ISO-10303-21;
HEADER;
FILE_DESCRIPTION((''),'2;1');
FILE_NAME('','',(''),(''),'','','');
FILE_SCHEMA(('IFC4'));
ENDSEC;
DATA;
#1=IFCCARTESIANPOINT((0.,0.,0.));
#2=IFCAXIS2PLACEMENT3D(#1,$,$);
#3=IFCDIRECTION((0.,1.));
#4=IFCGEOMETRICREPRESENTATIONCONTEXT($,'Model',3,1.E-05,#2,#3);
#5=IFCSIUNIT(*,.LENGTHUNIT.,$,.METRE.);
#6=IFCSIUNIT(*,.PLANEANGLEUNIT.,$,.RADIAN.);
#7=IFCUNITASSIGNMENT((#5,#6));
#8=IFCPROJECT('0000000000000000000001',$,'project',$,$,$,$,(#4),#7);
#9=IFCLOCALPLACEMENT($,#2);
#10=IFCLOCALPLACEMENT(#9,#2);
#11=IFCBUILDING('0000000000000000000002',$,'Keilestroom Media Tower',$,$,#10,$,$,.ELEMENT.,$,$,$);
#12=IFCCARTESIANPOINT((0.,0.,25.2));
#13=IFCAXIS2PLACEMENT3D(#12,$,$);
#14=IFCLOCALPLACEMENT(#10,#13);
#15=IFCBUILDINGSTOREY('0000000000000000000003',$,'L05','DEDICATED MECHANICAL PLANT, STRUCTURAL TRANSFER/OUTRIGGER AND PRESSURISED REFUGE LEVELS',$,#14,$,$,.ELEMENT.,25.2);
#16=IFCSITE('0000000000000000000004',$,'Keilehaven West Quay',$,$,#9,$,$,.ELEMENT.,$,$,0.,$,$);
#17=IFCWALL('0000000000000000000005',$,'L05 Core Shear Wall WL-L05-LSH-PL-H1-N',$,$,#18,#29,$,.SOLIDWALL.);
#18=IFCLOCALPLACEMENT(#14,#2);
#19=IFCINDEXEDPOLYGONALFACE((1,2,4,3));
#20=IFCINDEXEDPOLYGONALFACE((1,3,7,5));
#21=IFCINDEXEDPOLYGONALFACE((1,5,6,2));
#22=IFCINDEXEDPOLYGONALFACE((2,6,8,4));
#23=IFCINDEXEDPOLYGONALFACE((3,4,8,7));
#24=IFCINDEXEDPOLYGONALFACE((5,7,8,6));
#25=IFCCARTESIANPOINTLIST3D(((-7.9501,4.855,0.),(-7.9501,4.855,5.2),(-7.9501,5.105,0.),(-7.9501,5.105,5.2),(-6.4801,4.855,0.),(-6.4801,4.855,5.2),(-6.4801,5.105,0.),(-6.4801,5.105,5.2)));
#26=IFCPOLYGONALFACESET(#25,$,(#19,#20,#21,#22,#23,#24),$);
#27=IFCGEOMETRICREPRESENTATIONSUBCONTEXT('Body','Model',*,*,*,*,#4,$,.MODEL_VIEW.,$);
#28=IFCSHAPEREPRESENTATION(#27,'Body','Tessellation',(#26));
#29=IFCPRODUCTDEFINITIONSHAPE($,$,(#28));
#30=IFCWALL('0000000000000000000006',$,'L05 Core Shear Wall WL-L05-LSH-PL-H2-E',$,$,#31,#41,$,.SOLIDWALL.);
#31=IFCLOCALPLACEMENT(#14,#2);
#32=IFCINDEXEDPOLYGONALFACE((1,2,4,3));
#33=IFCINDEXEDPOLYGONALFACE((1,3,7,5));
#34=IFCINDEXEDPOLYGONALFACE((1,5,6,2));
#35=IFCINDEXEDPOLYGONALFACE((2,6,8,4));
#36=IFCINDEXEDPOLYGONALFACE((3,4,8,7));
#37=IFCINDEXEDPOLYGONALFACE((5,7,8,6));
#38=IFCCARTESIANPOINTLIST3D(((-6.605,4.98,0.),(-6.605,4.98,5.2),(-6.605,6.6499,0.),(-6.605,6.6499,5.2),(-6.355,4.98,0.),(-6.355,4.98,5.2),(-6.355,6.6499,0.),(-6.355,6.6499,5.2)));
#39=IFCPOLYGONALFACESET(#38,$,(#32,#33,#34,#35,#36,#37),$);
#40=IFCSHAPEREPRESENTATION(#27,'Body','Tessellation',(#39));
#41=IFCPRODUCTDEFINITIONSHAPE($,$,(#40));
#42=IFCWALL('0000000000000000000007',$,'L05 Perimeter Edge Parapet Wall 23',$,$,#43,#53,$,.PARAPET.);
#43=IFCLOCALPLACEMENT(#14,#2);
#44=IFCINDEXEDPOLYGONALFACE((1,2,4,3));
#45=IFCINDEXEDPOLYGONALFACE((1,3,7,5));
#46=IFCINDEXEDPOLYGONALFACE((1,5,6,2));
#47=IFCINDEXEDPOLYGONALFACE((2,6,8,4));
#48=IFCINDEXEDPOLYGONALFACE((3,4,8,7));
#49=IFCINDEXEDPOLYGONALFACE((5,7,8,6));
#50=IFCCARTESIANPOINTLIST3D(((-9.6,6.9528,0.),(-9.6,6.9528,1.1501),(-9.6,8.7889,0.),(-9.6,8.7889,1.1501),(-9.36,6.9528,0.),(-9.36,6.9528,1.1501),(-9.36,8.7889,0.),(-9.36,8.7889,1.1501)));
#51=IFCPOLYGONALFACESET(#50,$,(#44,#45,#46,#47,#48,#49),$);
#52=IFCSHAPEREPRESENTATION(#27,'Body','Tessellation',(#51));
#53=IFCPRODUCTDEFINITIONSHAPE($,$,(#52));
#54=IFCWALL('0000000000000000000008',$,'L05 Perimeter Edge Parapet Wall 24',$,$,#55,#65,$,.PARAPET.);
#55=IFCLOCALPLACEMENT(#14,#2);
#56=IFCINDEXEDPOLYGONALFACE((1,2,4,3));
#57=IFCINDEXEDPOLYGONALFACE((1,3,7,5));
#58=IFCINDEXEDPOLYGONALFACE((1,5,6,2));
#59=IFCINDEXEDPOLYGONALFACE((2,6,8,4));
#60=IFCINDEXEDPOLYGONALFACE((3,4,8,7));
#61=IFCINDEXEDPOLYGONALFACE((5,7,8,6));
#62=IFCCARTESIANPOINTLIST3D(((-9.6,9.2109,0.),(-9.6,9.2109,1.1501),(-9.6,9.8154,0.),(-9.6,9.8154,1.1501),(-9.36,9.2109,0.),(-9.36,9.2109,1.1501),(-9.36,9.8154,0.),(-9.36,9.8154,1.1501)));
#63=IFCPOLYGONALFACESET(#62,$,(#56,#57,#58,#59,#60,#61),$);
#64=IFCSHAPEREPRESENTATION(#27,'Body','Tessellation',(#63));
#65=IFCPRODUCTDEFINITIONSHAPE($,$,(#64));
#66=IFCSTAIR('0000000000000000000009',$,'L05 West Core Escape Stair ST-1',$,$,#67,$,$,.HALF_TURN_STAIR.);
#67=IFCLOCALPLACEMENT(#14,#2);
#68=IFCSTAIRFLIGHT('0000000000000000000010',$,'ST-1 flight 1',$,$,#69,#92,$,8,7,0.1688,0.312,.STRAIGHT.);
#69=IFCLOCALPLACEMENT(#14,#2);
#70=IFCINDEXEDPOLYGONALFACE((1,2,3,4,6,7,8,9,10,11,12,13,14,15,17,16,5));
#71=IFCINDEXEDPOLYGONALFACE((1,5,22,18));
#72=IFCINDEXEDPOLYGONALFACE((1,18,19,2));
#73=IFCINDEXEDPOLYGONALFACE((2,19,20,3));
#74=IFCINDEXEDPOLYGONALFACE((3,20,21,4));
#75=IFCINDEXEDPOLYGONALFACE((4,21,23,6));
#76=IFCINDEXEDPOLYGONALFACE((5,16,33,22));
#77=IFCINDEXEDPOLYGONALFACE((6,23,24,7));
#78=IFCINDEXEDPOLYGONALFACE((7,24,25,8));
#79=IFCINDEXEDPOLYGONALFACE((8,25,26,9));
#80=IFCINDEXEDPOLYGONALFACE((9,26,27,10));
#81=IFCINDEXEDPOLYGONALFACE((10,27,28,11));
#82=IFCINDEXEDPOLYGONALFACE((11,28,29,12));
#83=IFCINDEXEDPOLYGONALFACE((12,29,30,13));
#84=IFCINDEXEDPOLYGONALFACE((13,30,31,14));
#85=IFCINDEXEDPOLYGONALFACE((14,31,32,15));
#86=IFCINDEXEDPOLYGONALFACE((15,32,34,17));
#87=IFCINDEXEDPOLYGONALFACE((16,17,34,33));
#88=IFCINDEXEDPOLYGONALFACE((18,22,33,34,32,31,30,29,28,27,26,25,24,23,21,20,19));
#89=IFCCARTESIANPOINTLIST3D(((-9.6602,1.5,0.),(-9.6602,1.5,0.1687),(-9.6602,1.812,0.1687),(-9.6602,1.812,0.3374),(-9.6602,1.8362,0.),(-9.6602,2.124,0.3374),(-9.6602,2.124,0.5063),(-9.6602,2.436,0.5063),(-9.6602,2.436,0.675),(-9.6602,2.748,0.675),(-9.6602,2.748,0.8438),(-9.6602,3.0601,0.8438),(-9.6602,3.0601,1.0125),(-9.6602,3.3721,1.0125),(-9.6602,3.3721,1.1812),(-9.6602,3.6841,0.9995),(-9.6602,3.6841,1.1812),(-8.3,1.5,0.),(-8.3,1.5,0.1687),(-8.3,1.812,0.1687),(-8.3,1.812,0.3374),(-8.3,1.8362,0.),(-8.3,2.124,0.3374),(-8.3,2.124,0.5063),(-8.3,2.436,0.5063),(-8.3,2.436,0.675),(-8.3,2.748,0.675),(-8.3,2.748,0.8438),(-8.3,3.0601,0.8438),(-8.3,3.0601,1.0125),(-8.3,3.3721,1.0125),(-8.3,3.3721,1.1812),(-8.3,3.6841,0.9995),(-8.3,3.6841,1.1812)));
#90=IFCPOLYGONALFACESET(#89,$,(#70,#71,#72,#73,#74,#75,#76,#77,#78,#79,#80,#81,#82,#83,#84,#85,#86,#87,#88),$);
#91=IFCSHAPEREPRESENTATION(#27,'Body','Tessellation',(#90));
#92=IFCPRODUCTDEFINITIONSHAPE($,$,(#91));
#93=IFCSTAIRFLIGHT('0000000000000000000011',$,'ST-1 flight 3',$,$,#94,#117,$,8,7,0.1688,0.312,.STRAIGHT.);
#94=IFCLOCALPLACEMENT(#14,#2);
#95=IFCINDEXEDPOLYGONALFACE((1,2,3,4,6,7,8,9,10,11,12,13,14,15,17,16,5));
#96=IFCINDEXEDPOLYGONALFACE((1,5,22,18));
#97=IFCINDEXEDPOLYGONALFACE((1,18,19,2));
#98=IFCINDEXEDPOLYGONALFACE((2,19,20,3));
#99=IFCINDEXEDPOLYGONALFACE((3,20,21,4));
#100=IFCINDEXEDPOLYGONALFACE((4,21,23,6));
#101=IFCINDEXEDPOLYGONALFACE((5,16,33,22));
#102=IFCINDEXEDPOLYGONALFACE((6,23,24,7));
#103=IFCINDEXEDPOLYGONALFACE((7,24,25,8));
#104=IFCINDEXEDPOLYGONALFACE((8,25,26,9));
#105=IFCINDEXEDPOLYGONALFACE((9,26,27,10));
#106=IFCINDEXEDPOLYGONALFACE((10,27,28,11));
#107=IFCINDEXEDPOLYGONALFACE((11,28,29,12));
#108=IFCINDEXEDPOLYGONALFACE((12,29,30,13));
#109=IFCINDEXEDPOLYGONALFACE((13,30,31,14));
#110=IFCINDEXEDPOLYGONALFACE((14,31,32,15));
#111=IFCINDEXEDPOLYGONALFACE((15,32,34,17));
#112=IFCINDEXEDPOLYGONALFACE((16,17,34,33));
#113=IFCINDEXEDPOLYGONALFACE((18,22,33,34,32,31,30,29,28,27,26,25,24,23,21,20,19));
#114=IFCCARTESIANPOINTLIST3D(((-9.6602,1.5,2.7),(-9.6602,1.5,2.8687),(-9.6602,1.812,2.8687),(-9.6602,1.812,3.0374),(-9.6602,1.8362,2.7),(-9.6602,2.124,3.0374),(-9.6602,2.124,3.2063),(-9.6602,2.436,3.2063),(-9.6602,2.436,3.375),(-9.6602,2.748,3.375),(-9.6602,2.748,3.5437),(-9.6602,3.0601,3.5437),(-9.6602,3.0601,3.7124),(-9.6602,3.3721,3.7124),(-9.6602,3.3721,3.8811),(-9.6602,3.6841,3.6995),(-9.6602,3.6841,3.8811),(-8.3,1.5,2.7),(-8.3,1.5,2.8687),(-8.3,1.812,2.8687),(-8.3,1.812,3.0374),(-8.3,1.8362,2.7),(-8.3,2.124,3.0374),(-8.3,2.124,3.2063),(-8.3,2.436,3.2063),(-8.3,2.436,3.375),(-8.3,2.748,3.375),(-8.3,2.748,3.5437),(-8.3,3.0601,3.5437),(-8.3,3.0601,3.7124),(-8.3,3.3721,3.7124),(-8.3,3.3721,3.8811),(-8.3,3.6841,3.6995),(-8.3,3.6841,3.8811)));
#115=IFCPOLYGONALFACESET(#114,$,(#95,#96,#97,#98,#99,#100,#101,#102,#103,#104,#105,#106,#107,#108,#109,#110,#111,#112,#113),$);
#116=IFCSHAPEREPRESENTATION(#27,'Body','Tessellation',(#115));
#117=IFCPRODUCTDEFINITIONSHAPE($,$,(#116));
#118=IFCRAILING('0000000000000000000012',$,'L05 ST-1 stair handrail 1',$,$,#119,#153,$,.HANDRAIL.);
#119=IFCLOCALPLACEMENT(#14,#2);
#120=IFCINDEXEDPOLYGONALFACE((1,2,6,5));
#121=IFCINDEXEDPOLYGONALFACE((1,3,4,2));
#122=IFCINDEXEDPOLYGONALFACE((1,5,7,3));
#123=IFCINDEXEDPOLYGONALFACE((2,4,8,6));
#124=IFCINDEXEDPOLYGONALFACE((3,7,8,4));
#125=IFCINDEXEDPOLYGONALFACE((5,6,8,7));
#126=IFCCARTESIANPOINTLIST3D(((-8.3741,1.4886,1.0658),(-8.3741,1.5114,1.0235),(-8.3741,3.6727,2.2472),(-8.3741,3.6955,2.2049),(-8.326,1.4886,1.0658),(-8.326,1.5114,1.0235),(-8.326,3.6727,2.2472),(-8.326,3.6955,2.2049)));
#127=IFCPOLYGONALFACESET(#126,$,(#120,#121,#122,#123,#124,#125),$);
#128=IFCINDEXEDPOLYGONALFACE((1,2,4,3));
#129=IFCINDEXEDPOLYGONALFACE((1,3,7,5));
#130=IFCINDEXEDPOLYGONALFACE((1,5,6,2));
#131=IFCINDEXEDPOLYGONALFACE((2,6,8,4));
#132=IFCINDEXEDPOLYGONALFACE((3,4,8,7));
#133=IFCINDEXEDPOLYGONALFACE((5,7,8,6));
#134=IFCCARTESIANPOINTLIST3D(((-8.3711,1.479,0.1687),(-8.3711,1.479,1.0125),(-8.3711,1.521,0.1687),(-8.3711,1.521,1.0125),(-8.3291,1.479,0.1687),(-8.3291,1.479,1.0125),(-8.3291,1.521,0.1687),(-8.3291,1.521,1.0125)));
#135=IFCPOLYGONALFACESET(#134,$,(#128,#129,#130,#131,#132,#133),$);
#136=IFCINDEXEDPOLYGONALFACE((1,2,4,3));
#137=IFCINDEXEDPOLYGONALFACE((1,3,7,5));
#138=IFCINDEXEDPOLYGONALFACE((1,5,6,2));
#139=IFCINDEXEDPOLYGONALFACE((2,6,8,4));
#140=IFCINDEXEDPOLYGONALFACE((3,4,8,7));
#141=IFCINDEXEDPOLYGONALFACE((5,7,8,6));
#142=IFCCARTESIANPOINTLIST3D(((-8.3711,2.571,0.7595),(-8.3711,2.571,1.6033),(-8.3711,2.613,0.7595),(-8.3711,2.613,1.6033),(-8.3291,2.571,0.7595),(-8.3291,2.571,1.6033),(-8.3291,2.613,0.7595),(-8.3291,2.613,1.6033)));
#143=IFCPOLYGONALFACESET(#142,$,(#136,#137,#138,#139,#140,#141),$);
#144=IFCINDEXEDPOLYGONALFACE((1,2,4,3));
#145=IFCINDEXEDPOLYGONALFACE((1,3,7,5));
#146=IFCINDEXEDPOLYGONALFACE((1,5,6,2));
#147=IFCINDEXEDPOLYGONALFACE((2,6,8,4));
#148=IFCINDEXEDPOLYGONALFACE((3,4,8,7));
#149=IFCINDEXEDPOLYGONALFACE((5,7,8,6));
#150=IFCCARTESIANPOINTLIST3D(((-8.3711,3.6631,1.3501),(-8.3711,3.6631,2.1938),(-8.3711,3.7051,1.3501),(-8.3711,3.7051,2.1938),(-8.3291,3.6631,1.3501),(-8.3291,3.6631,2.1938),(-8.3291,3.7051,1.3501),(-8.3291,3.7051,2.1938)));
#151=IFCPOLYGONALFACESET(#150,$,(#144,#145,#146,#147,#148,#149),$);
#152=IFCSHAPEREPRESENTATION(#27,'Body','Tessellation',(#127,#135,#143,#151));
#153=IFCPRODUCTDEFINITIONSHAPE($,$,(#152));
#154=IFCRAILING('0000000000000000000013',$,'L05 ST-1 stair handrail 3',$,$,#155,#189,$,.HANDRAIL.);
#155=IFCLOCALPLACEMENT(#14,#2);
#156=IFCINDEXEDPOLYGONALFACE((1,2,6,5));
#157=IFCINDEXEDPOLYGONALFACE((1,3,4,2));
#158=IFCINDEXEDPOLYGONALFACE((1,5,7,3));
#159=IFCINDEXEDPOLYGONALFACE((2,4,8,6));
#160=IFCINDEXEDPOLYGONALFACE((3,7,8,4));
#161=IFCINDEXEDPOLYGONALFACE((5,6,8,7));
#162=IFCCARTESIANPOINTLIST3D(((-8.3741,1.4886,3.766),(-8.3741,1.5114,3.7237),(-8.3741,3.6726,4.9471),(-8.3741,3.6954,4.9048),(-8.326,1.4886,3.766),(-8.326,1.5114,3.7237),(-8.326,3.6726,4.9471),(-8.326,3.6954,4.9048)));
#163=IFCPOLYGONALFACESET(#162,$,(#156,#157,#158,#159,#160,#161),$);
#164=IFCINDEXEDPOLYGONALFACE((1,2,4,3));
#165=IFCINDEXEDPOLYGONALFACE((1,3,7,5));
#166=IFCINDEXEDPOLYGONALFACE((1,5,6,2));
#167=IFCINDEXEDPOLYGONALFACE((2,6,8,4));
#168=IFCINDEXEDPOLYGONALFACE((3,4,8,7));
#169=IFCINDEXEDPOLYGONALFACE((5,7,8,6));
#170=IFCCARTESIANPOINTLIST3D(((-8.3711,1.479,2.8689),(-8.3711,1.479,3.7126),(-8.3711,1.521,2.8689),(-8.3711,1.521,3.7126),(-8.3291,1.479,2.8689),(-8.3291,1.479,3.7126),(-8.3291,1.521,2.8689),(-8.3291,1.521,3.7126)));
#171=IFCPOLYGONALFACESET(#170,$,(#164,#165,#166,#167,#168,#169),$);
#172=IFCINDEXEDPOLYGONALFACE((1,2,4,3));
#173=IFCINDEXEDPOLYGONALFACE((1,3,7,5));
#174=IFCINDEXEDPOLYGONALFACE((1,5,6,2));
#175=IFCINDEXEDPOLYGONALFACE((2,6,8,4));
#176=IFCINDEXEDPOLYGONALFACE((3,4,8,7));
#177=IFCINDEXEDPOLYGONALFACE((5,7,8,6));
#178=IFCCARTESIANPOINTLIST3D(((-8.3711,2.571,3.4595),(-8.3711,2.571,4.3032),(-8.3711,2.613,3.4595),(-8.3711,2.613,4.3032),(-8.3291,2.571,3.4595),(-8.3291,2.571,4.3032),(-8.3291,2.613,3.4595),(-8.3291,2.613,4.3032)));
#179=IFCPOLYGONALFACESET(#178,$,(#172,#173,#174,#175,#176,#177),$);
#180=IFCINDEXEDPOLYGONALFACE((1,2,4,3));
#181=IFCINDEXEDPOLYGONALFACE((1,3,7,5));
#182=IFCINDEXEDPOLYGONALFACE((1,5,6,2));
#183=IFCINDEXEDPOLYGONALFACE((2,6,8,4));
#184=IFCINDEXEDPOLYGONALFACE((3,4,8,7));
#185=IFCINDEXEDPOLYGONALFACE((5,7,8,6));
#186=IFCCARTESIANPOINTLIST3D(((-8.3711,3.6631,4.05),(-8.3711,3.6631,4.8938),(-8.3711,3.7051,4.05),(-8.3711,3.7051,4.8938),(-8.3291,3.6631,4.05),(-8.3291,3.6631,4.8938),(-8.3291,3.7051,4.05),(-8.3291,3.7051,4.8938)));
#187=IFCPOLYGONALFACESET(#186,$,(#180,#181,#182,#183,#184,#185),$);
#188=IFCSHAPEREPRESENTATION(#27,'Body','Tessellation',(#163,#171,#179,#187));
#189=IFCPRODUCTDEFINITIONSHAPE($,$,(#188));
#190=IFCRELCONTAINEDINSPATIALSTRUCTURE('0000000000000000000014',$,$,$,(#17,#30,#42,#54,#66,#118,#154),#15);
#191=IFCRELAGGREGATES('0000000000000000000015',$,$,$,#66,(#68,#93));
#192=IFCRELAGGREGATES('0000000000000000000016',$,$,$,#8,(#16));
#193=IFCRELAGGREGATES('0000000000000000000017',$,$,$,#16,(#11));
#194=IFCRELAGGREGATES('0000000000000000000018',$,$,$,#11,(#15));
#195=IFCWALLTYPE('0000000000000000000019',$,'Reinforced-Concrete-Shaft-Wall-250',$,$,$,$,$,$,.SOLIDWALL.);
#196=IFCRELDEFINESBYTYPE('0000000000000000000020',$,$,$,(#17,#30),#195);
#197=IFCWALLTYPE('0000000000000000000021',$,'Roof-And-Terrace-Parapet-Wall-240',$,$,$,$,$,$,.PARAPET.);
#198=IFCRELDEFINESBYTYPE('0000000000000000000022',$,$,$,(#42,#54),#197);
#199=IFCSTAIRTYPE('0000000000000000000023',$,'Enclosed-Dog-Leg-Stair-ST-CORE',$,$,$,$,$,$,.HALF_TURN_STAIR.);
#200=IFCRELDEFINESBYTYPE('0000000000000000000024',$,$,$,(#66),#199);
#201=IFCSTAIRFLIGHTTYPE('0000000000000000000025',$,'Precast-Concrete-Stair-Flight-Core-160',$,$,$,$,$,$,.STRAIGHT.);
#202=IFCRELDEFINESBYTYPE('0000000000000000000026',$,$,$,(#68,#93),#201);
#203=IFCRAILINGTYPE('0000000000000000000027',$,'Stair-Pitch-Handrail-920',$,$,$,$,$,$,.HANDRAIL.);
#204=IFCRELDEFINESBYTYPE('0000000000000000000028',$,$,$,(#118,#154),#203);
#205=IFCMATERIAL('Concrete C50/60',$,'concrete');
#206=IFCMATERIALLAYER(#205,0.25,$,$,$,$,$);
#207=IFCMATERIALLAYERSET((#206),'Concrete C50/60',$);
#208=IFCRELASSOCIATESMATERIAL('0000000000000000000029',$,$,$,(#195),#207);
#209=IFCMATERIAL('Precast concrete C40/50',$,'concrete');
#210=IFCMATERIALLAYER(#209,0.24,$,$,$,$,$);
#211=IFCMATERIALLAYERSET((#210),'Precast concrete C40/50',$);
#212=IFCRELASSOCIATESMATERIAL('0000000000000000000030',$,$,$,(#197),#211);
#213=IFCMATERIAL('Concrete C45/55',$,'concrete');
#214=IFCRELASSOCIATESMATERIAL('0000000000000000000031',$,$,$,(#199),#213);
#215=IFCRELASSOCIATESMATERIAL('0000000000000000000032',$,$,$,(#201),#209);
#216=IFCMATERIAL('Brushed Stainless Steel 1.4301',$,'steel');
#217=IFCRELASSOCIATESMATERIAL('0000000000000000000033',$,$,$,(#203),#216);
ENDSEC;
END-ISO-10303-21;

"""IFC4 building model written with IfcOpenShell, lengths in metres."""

from ifc_helpers import new_model, si_unit, direction, frame, frame_2d, origin, origin_2d, place, context, subcontext, project, spatial, polyline, rectangle, outline, extrude, material, layer, layer_set, type_object, element, aggregate, save


model = new_model("IFC4")

# Units and contexts
model_context = context("Model", 3, precision=1e-05, world=origin(), true_north=direction((0.0, 1.0)))
body_context = subcontext(model_context, "Body", "Model", "MODEL_VIEW")
ifc_project = project(units=[si_unit("LENGTHUNIT", "METRE"), si_unit("PLANEANGLEUNIT", "RADIAN")], contexts=[model_context])

# Site, building, storey
site_placement = place(None, origin())
site = spatial("IfcSite", under=ifc_project, at=site_placement, Name="Keilehaven West Quay", CompositionType="ELEMENT", RefElevation=0.0)
building_placement = place(site_placement, origin())
building = spatial("IfcBuilding", under=site, at=building_placement, Name="Keilestroom Media Tower", CompositionType="ELEMENT")
storey_placement = place(building_placement, frame((0.0, 0.0, 25.2)))
storey = spatial("IfcBuildingStorey", under=building, at=storey_placement, Name="L05", Description="DEDICATED MECHANICAL PLANT, STRUCTURAL TRANSFER/OUTRIGGER AND PRESSURISED REFUGE LEVELS", CompositionType="ELEMENT", Elevation=25.2)

# Shared definitions
ifc_material_1 = material(Name="Concrete C45/55", Category="concrete")
ifc_material_2 = material(Name="Concrete C50/60", Category="concrete")

# Walls
ifc_layer_1 = layer(ifc_material_2, 0.25)
ifc_layer_set_1 = layer_set([ifc_layer_1], Name="Concrete C50/60")
wall_type_1 = type_object("IfcWallType", Name="Reinforced-Concrete-Shaft-Wall-250", PredefinedType="SOLIDWALL", material=ifc_layer_set_1)
wall_1_placement = place(storey_placement, frame((-7.95, 4.98, 0.0), z_axis=(0.0, 0.0, 1.0), x_axis=(1.0, 0.0, 0.0)))
element("IfcWall", 1, at=wall_1_placement, inside=storey, type_object=wall_type_1, Name="L05 Core Shear Wall WL-L05-LSH-PL-H1-N", PredefinedType="SOLIDWALL", context=body_context, shape_type="SweptSolid", body=[
    extrude(rectangle(XDim=1.47, YDim=0.25, at=frame_2d((0.7349, 0.0))), origin(), (0.0, 0.0, 1.0), 5.2),
])
wall_2_placement = place(storey_placement, frame((-6.48, 4.98, 0.0), z_axis=(0.0, 0.0, 1.0), x_axis=(0.0, 1.0, 0.0)))
element("IfcWall", 2, at=wall_2_placement, inside=storey, type_object=wall_type_1, Name="L05 Core Shear Wall WL-L05-LSH-PL-H2-E", PredefinedType="SOLIDWALL", context=body_context, shape_type="SweptSolid", body=[
    extrude(rectangle(XDim=1.6699, YDim=0.25, at=frame_2d((0.835, 0.0))), origin(), (0.0, 0.0, 1.0), 5.2),
])
ifc_material_3 = material(Name="Precast concrete C40/50", Category="concrete")
ifc_layer_2 = layer(ifc_material_3, 0.24)
ifc_layer_set_2 = layer_set([ifc_layer_2], Name="Precast concrete C40/50")
wall_type_2 = type_object("IfcWallType", Name="Roof-And-Terrace-Parapet-Wall-240", PredefinedType="PARAPET", material=ifc_layer_set_2)
wall_3_placement = place(storey_placement, frame((-9.48, 6.9529, 0.0), z_axis=(0.0, 0.0, 1.0), x_axis=(0.0, 1.0, 0.0)))
element("IfcWall", 3, at=wall_3_placement, inside=storey, type_object=wall_type_2, Name="L05 Perimeter Edge Parapet Wall 23", PredefinedType="PARAPET", context=body_context, shape_type="SweptSolid", body=[
    extrude(rectangle(XDim=1.8362, YDim=0.24, at=frame_2d((0.918, 0.0))), origin(), (0.0, 0.0, 1.0), 1.1501),
])
wall_4_placement = place(storey_placement, frame((-9.48, 9.2109, 0.0), z_axis=(0.0, 0.0, 1.0), x_axis=(0.0, 1.0, 0.0)))
element("IfcWall", 4, at=wall_4_placement, inside=storey, type_object=wall_type_2, Name="L05 Perimeter Edge Parapet Wall 24", PredefinedType="PARAPET", context=body_context, shape_type="SweptSolid", body=[
    extrude(rectangle(XDim=0.6045, YDim=0.24, at=frame_2d((0.3022, 0.0))), origin(), (0.0, 0.0, 1.0), 1.1501),
])

# Stair, stair flights
stair_type = type_object("IfcStairType", Name="Enclosed-Dog-Leg-Stair-ST-CORE", PredefinedType="HALF_TURN_STAIR", material=ifc_material_1)
stair_placement = place(storey_placement, origin())
stair = element("IfcStair", 5, at=stair_placement, inside=storey, type_object=stair_type, Name="L05 West Core Escape Stair ST-1", PredefinedType="HALF_TURN_STAIR")
stair_flight_type = type_object("IfcStairFlightType", Name="Precast-Concrete-Stair-Flight-Core-160", PredefinedType="STRAIGHT", material=ifc_material_3)
stair_flight_1_placement = place(storey_placement, frame((-8.98, 1.5, 0.0), z_axis=(0.0, 0.0, 1.0), x_axis=(0.0, 1.0, 0.0)))
stair_flight_1 = element("IfcStairFlight", 6, at=stair_flight_1_placement, type_object=stair_flight_type, Name="ST-1 flight 1", NumberOfRisers=8, NumberOfTreads=7, PredefinedType="STRAIGHT", RiserHeight=0.1688, TreadLength=0.312, context=body_context, shape_type="SweptSolid", body=[
    extrude(outline(polyline([(0.0, 0.0), (0.0, 0.1687), (0.312, 0.1687), (0.312, 0.3374), (0.624, 0.3374), (0.624, 0.5063), (0.936, 0.5063), (0.936, 0.675), (1.248, 0.675), (1.248, 0.8438), (1.5601, 0.8438), (1.5601, 1.0125), (1.8721, 1.0125), (1.8721, 1.1812), (2.1841, 1.1812), (2.1841, 1.3501), (2.1841, 0.9995), (0.3362, 0.0), (0.0, 0.0)])), frame((0.0, 0.6802, 0.0), z_axis=(0.0, -1.0, 0.0), x_axis=(1.0, 0.0, 0.0)), (0.0, 0.0, 1.0), 1.3601),
])
stair_flight_2_placement = place(storey_placement, frame((-8.98, 1.5, 2.7), z_axis=(0.0, 0.0, 1.0), x_axis=(0.0, 1.0, 0.0)))
stair_flight_2 = element("IfcStairFlight", 7, at=stair_flight_2_placement, type_object=stair_flight_type, Name="ST-1 flight 3", NumberOfRisers=8, NumberOfTreads=7, PredefinedType="STRAIGHT", RiserHeight=0.1688, TreadLength=0.312, context=body_context, shape_type="SweptSolid", body=[
    extrude(outline(polyline([(0.0, 0.0), (0.0, 0.1687), (0.312, 0.1687), (0.312, 0.3374), (0.624, 0.3374), (0.624, 0.5063), (0.936, 0.5063), (0.936, 0.675), (1.248, 0.675), (1.248, 0.8438), (1.5601, 0.8438), (1.5601, 1.0125), (1.8721, 1.0125), (1.8721, 1.1812), (2.1841, 1.1812), (2.1841, 1.3501), (2.1841, 0.9995), (0.3362, 0.0), (0.0, 0.0)])), frame((0.0, 0.6802, 0.0), z_axis=(0.0, -1.0, 0.0), x_axis=(1.0, 0.0, 0.0)), (0.0, 0.0, 1.0), 1.3601),
])
aggregate(stair, [stair_flight_1, stair_flight_2])

# Railings
ifc_material_4 = material(Name="Brushed Stainless Steel 1.4301", Category="steel")
railing_type_1 = type_object("IfcRailingType", Name="Stair-Pitch-Handrail-920", PredefinedType="HANDRAIL", material=ifc_material_4)
railing_1_placement = place(storey_placement, frame((-8.3501, 1.5, 0.1687)))
element("IfcRailing", 8, at=railing_1_placement, inside=storey, type_object=railing_type_1, Name="L05 ST-1 stair handrail 1", PredefinedType="HANDRAIL", context=body_context, shape_type="SweptSolid", body=[
    extrude(rectangle(XDim=0.0481, YDim=0.0481, at=origin_2d()), frame((0.0, 0.0, 0.876), z_axis=(0.0, 0.87957, 0.47577), x_axis=(-1.0, 0.0, 0.0)), (0.0, 0.0, 1.0), 2.4832),
    extrude(rectangle(XDim=0.042, YDim=0.042, at=origin_2d()), origin(), (0.0, 0.0, 1.0), 0.8438),
    extrude(rectangle(XDim=0.042, YDim=0.042, at=origin_2d()), frame((0.0, 1.092, 0.5908)), (0.0, 0.0, 1.0), 0.8438),
    extrude(rectangle(XDim=0.042, YDim=0.042, at=origin_2d()), frame((0.0, 2.1841, 1.1814)), (0.0, 0.0, 1.0), 0.8438),
])
railing_2_placement = place(storey_placement, frame((-8.3501, 1.5, 2.8689)))
element("IfcRailing", 9, at=railing_2_placement, inside=storey, type_object=railing_type_1, Name="L05 ST-1 stair handrail 3", PredefinedType="HANDRAIL", context=body_context, shape_type="SweptSolid", body=[
    extrude(rectangle(XDim=0.0481, YDim=0.0481, at=origin_2d()), frame((0.0, 0.0, 0.876), z_axis=(0.0, 0.879611, 0.475694), x_axis=(-1.0, 0.0, 0.0)), (0.0, 0.0, 1.0), 2.4829),
    extrude(rectangle(XDim=0.042, YDim=0.042, at=origin_2d()), origin(), (0.0, 0.0, 1.0), 0.8438),
    extrude(rectangle(XDim=0.042, YDim=0.042, at=origin_2d()), frame((0.0, 1.092, 0.5906)), (0.0, 0.0, 1.0), 0.8438),
    extrude(rectangle(XDim=0.042, YDim=0.042, at=origin_2d()), frame((0.0, 2.1841, 1.1812)), (0.0, 0.0, 1.0), 0.8438),
])

save(model, "model.ifc")
